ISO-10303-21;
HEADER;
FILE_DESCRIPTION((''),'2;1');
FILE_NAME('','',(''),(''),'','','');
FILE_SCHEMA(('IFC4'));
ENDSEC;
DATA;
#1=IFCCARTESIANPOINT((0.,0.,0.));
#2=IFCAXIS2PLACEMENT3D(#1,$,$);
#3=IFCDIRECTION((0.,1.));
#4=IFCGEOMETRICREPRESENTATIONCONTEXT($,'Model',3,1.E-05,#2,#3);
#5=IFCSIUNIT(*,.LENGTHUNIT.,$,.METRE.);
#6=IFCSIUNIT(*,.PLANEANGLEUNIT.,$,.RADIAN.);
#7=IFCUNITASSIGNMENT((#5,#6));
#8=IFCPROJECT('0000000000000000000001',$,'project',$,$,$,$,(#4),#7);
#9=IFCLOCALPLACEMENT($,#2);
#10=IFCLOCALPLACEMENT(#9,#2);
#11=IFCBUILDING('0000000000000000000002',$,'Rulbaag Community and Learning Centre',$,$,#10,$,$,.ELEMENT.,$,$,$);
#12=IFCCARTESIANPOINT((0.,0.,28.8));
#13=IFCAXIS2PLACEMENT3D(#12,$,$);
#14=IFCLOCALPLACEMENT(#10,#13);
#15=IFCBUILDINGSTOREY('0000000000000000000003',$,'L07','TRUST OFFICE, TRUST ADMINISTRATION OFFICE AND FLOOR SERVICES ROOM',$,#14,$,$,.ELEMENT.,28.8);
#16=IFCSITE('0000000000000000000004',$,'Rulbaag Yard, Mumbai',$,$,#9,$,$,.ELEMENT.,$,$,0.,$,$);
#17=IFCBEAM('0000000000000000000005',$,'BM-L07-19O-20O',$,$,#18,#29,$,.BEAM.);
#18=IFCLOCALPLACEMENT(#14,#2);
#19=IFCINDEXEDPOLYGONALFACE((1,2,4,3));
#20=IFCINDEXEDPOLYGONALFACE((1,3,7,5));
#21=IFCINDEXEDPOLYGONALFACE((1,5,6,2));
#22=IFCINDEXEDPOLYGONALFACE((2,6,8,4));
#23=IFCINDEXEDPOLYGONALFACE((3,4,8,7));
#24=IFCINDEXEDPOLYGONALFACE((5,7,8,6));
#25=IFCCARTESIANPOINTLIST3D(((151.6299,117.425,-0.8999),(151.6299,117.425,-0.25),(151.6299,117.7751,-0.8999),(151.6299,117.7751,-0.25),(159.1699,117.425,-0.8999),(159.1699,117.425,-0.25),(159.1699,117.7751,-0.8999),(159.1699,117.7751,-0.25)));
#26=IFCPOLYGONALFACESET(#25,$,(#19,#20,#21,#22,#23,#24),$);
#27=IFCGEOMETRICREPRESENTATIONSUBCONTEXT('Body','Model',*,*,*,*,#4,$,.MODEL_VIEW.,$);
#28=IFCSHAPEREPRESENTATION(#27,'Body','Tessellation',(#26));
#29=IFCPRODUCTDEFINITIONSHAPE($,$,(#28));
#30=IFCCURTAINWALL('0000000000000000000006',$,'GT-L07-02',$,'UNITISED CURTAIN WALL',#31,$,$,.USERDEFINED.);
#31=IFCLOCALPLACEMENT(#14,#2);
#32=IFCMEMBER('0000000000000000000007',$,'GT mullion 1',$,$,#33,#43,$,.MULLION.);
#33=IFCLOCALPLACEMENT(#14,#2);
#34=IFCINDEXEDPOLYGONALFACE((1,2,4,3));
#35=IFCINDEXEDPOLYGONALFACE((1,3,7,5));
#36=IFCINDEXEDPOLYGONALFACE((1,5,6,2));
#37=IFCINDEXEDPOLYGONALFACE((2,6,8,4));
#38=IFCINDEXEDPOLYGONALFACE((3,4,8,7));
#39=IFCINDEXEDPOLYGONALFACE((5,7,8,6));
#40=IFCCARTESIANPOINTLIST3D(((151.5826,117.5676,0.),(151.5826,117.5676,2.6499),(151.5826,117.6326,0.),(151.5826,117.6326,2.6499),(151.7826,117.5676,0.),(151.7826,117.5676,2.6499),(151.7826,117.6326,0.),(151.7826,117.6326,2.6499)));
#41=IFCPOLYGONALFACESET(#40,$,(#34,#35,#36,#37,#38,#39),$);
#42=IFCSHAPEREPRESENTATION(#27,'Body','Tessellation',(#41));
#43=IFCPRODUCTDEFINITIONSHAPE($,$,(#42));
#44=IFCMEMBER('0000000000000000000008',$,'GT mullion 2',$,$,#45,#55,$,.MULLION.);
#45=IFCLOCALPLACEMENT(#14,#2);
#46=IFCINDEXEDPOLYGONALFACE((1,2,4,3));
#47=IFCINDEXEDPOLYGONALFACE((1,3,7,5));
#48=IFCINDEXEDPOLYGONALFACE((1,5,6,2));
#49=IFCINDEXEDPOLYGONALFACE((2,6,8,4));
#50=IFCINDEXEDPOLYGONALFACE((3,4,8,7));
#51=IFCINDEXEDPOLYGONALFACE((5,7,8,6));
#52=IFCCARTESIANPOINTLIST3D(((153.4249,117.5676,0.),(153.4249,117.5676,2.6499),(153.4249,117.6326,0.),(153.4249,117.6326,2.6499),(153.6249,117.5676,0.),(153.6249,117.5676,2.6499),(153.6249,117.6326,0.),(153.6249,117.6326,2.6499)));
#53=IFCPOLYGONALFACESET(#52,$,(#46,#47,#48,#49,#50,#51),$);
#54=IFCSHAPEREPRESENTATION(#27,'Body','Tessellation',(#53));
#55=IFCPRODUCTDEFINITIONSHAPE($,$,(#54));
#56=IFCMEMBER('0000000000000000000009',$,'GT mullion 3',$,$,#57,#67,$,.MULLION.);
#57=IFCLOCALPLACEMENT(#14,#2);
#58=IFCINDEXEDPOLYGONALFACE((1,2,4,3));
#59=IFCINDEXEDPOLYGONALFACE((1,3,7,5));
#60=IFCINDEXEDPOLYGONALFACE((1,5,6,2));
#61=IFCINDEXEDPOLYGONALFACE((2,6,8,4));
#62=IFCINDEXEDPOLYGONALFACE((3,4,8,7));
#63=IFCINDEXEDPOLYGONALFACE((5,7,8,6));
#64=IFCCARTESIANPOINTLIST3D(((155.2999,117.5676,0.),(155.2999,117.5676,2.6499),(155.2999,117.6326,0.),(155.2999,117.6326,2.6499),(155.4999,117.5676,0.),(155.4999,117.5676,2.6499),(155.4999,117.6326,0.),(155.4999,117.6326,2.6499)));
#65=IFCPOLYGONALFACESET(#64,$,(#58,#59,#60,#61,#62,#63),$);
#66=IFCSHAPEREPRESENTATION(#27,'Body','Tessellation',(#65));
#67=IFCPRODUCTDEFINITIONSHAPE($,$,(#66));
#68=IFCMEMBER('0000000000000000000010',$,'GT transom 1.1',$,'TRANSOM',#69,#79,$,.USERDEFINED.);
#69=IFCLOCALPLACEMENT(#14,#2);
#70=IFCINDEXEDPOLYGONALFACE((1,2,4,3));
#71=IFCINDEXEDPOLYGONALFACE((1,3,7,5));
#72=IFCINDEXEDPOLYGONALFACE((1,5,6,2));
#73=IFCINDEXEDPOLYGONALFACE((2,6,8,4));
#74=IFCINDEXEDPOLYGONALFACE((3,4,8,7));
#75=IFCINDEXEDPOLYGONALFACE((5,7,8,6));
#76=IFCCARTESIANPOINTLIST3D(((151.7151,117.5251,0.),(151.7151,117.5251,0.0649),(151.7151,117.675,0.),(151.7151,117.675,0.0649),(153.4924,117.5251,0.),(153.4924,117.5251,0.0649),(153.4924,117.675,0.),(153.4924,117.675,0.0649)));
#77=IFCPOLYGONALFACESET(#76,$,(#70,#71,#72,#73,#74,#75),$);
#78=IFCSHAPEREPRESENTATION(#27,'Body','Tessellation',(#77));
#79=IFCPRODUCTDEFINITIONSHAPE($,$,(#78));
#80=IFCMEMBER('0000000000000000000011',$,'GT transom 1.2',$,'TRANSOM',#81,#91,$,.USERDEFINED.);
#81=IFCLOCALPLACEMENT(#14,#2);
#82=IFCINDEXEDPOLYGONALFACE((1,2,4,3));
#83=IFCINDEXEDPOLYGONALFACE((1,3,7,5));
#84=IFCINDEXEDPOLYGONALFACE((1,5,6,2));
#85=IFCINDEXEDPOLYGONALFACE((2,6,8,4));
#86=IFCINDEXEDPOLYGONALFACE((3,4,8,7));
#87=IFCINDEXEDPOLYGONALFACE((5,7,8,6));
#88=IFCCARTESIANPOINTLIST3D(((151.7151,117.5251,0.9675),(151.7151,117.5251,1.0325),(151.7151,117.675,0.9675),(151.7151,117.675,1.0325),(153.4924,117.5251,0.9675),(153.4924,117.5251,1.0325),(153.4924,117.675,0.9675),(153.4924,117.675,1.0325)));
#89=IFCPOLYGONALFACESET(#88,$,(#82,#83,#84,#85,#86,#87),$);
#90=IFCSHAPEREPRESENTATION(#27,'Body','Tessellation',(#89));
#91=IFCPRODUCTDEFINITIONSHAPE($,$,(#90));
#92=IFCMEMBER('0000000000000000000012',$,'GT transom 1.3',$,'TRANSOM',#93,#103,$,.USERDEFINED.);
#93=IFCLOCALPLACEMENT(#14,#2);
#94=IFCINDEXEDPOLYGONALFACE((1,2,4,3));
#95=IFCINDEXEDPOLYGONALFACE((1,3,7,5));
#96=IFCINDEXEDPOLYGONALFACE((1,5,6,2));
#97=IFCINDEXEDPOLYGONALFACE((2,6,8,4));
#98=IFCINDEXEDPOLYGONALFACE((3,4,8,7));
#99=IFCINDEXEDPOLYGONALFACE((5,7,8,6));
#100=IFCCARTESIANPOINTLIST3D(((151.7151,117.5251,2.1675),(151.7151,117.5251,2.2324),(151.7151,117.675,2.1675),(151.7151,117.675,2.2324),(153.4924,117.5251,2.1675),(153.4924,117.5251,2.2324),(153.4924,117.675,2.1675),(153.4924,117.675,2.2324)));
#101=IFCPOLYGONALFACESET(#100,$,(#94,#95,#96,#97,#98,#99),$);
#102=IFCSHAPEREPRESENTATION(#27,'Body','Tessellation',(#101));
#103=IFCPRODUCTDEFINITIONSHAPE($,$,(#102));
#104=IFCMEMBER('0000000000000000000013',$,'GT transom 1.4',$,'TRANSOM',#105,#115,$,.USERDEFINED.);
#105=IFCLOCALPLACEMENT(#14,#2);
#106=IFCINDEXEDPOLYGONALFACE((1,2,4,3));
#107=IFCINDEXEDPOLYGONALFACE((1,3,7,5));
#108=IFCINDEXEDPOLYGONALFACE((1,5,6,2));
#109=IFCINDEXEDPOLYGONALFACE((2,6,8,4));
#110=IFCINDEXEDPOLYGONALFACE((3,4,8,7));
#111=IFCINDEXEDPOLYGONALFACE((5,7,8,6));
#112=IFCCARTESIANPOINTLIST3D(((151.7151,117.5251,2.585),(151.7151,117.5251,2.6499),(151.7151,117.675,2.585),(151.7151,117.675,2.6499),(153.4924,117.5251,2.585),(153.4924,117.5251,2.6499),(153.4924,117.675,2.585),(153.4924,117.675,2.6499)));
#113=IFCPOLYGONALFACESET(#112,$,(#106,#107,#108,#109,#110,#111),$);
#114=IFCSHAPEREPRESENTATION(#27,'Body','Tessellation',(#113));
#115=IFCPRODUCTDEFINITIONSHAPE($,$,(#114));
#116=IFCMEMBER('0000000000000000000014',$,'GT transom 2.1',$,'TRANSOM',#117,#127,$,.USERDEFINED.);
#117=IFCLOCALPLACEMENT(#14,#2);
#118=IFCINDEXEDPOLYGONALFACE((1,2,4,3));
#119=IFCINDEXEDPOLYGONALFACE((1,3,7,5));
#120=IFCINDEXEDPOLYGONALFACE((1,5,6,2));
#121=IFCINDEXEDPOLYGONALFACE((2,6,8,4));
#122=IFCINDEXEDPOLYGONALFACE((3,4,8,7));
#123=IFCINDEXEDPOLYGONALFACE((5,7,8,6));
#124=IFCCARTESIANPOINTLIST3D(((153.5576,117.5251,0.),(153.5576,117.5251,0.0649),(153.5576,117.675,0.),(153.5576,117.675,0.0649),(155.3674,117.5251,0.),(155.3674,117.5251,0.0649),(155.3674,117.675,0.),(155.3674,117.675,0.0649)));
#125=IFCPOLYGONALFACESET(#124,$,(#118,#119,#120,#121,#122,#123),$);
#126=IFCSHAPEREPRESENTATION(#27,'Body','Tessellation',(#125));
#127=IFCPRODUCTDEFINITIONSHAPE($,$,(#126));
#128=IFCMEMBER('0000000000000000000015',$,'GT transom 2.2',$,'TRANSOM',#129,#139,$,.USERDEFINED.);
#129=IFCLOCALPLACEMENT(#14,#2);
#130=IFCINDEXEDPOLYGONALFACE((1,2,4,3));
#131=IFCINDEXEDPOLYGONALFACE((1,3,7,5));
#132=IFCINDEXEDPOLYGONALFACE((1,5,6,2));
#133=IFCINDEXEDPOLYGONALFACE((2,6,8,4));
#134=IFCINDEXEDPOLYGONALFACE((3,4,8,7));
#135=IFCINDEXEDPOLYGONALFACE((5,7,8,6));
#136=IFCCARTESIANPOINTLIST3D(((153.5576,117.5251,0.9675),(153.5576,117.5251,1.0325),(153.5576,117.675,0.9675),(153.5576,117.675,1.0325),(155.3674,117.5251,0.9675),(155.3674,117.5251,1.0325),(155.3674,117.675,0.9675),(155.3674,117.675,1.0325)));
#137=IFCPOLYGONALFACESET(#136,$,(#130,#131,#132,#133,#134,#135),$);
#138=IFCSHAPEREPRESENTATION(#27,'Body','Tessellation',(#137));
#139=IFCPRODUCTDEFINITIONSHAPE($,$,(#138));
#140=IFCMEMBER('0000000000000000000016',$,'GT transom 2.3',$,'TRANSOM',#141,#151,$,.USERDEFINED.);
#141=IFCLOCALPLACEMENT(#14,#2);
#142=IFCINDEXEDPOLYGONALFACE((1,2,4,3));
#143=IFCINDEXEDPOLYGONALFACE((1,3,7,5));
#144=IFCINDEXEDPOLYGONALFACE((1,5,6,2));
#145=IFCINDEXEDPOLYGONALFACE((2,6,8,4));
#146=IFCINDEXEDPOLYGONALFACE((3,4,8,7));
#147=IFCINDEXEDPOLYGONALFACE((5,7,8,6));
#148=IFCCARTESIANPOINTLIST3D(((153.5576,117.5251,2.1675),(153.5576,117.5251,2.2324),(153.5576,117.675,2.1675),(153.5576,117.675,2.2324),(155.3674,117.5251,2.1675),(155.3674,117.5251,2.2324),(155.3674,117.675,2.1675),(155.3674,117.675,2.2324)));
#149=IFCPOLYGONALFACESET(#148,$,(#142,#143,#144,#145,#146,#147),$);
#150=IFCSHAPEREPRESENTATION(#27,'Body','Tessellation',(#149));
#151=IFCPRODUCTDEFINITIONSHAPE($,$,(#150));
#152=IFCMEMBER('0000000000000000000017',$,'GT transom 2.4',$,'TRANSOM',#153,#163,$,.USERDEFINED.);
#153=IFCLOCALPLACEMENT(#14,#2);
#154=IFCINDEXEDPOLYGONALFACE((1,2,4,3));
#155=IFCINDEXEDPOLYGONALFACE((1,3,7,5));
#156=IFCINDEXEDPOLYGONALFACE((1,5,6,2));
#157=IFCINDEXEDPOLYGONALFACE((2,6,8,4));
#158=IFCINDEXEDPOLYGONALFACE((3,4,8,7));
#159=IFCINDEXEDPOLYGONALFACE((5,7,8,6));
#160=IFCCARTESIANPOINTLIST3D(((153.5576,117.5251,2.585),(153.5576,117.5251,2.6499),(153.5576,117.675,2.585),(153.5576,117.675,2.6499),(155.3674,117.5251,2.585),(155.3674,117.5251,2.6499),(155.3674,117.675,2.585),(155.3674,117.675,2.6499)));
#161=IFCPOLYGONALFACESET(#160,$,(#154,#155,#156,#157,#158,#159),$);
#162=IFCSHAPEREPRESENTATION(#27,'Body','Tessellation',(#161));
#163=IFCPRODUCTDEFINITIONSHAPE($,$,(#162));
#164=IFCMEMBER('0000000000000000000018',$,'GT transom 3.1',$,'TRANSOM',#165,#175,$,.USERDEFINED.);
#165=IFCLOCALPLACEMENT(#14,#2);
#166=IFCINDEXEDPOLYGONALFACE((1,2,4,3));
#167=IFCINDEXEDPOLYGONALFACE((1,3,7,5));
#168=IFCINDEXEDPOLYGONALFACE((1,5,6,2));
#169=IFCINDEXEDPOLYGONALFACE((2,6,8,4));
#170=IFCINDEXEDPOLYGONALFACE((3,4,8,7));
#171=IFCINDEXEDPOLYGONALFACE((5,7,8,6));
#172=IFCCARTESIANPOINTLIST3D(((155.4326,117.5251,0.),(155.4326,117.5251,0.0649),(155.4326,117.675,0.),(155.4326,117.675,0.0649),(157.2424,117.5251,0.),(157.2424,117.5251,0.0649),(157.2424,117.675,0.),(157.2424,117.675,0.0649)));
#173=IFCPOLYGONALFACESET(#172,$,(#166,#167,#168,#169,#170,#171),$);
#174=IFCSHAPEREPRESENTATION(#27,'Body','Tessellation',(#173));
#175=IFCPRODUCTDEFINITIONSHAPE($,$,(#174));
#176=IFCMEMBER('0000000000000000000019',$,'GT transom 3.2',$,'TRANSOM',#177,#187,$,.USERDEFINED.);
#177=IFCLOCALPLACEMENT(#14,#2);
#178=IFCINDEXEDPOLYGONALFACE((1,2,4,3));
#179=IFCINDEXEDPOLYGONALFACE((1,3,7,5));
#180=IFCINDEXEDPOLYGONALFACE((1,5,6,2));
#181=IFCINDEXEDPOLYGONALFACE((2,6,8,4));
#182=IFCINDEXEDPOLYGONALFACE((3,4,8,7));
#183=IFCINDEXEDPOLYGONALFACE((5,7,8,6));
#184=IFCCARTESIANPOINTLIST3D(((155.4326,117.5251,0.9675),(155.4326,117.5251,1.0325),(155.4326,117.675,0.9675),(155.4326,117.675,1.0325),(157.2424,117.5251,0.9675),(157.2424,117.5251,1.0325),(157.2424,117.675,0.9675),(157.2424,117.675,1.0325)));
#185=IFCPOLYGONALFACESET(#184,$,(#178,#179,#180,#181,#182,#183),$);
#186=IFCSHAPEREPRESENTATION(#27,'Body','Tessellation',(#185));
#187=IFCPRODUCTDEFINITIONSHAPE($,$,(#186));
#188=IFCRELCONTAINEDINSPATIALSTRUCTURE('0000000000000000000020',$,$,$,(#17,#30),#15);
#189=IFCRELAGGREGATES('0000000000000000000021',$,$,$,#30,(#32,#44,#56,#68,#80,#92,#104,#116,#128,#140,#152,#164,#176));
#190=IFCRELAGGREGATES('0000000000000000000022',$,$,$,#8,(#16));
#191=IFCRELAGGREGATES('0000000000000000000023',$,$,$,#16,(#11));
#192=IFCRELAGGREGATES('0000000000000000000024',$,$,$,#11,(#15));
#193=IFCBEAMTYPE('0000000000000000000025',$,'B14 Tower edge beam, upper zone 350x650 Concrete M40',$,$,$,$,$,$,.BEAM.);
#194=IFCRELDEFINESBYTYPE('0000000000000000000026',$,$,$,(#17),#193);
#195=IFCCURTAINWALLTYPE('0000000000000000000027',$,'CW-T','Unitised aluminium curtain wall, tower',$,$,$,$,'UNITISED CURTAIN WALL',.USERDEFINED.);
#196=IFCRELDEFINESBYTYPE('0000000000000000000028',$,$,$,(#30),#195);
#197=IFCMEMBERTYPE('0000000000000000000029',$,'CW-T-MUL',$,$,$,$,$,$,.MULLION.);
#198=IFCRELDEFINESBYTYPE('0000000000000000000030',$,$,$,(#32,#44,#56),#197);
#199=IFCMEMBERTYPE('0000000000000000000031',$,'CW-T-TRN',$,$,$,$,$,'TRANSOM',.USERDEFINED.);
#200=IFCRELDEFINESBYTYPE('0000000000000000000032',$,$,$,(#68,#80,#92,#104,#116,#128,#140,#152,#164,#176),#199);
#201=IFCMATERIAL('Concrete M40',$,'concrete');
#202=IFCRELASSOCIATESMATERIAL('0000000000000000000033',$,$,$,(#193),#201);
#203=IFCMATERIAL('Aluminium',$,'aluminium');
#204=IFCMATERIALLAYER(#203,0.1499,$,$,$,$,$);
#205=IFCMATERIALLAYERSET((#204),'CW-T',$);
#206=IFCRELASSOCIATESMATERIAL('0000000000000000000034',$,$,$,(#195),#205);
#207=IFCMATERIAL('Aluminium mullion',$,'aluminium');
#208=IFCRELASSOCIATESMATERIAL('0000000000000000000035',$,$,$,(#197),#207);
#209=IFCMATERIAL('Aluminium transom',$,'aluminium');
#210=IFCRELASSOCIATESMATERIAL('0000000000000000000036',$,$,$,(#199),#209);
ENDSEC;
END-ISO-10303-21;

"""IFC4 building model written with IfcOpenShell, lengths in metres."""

from ifc_helpers import new_model, si_unit, direction, frame, origin, origin_2d, place, context, subcontext, project, spatial, rectangle, extrude, material, layer, layer_set, material_profile, profile_set, type_object, element, aggregate, save


model = new_model("IFC4")

# Units and contexts
model_context = context("Model", 3, precision=1e-05, world=origin(), true_north=direction((0.0, 1.0)))
body_context = subcontext(model_context, "Body", "Model", "MODEL_VIEW")
ifc_project = project(units=[si_unit("LENGTHUNIT", "METRE"), si_unit("PLANEANGLEUNIT", "RADIAN")], contexts=[model_context])

# Site, building, storey
site_placement = place(None, origin())
site = spatial("IfcSite", under=ifc_project, at=site_placement, Name="Rulbaag Yard, Mumbai", CompositionType="ELEMENT", RefElevation=0.0)
building_placement = place(site_placement, origin())
building = spatial("IfcBuilding", under=site, at=building_placement, Name="Rulbaag Community and Learning Centre", CompositionType="ELEMENT")
storey_placement = place(building_placement, frame((0.0, 0.0, 28.8)))
storey = spatial("IfcBuildingStorey", under=building, at=storey_placement, Name="L07", Description="TRUST OFFICE, TRUST ADMINISTRATION OFFICE AND FLOOR SERVICES ROOM", CompositionType="ELEMENT", Elevation=28.8)

# Beam
ifc_material_1 = material(Name="Concrete M40", Category="concrete")
ifc_material_profile_1 = material_profile(ifc_material_1, rectangle(XDim=0.3501, YDim=0.6499, at=origin_2d()), Name="RB350x650")
ifc_profile_set_1 = profile_set([ifc_material_profile_1], Name="Concrete M40")
beam_type = type_object("IfcBeamType", Name="B14 Tower edge beam, upper zone 350x650 Concrete M40", PredefinedType="BEAM", material=ifc_profile_set_1)
beam_placement = place(storey_placement, frame((151.6299, 117.6001, -0.575), z_axis=(1.0, 0.0, 0.0), x_axis=(0.0, 1.0, 0.0)))
element("IfcBeam", 1, at=beam_placement, inside=storey, type_object=beam_type, Name="BM-L07-19O-20O", PredefinedType="BEAM", context=body_context, shape_type="SweptSolid", body=[
    extrude(rectangle(XDim=0.3501, YDim=0.6499, at=origin_2d()), origin(), (0.0, 0.0, 1.0), 7.54),
])

# Curtain wall, members
ifc_material_2 = material(Name="Aluminium", Category="aluminium")
ifc_layer_1 = layer(ifc_material_2, 0.1499)
ifc_layer_set_1 = layer_set([ifc_layer_1], Name="CW-T")
curtain_wall_type = type_object("IfcCurtainWallType", Name="CW-T", Description="Unitised aluminium curtain wall, tower", ElementType="UNITISED CURTAIN WALL", PredefinedType="USERDEFINED", material=ifc_layer_set_1)
curtain_wall_placement = place(storey_placement, origin())
curtain_wall = element("IfcCurtainWall", 2, at=curtain_wall_placement, inside=storey, type_object=curtain_wall_type, Name="GT-L07-02", ObjectType="UNITISED CURTAIN WALL", PredefinedType="USERDEFINED")
ifc_material_3 = material(Name="Aluminium mullion", Category="aluminium")
ifc_material_profile_2 = material_profile(ifc_material_3, rectangle(XDim=0.0649, YDim=0.2, at=origin_2d()), Name="AL 65x200")
ifc_profile_set_2 = profile_set([ifc_material_profile_2], Name="Aluminium mullion")
member_type_1 = type_object("IfcMemberType", Name="CW-T-MUL", PredefinedType="MULLION", material=ifc_profile_set_2)
member_1_placement = place(storey_placement, frame((151.6826, 117.6001, 0.0), z_axis=(0.0, 0.0, 1.0), x_axis=(0.0, 1.0, 0.0)))
member_1 = element("IfcMember", 3, at=member_1_placement, type_object=member_type_1, Name="GT mullion 1", PredefinedType="MULLION", context=body_context, shape_type="SweptSolid", body=[
    extrude(rectangle(XDim=0.0649, YDim=0.2, at=origin_2d()), origin(), (0.0, 0.0, 1.0), 2.6499),
])
member_2_placement = place(storey_placement, frame((153.5249, 117.6001, 0.0), z_axis=(0.0, 0.0, 1.0), x_axis=(0.0, 1.0, 0.0)))
member_2 = element("IfcMember", 4, at=member_2_placement, type_object=member_type_1, Name="GT mullion 2", PredefinedType="MULLION", context=body_context, shape_type="SweptSolid", body=[
    extrude(rectangle(XDim=0.0649, YDim=0.2, at=origin_2d()), origin(), (0.0, 0.0, 1.0), 2.6499),
])
member_3_placement = place(storey_placement, frame((155.3999, 117.6001, 0.0), z_axis=(0.0, 0.0, 1.0), x_axis=(0.0, 1.0, 0.0)))
member_3 = element("IfcMember", 5, at=member_3_placement, type_object=member_type_1, Name="GT mullion 3", PredefinedType="MULLION", context=body_context, shape_type="SweptSolid", body=[
    extrude(rectangle(XDim=0.0649, YDim=0.2, at=origin_2d()), origin(), (0.0, 0.0, 1.0), 2.6499),
])
ifc_material_4 = material(Name="Aluminium transom", Category="aluminium")
ifc_material_profile_3 = material_profile(ifc_material_4, rectangle(XDim=0.1499, YDim=0.0649, at=origin_2d()), Name="AL 65x150 T")
ifc_profile_set_3 = profile_set([ifc_material_profile_3], Name="Aluminium transom")
member_type_2 = type_object("IfcMemberType", Name="CW-T-TRN", ElementType="TRANSOM", PredefinedType="USERDEFINED", material=ifc_profile_set_3)
member_4_placement = place(storey_placement, frame((151.7151, 117.6001, 0.0325), z_axis=(1.0, 0.0, 0.0), x_axis=(0.0, 1.0, 0.0)))
member_4 = element("IfcMember", 6, at=member_4_placement, type_object=member_type_2, Name="GT transom 1.1", ObjectType="TRANSOM", PredefinedType="USERDEFINED", context=body_context, shape_type="SweptSolid", body=[
    extrude(rectangle(XDim=0.1499, YDim=0.0649, at=origin_2d()), origin(), (0.0, 0.0, 1.0), 1.7773),
])
member_5_placement = place(storey_placement, frame((151.7151, 117.6001, 1.0), z_axis=(1.0, 0.0, 0.0), x_axis=(0.0, 1.0, 0.0)))
member_5 = element("IfcMember", 7, at=member_5_placement, type_object=member_type_2, Name="GT transom 1.2", ObjectType="TRANSOM", PredefinedType="USERDEFINED", context=body_context, shape_type="SweptSolid", body=[
    extrude(rectangle(XDim=0.1499, YDim=0.0649, at=origin_2d()), origin(), (0.0, 0.0, 1.0), 1.7773),
])
member_6_placement = place(storey_placement, frame((151.7151, 117.6001, 2.2), z_axis=(1.0, 0.0, 0.0), x_axis=(0.0, 1.0, 0.0)))
member_6 = element("IfcMember", 8, at=member_6_placement, type_object=member_type_2, Name="GT transom 1.3", ObjectType="TRANSOM", PredefinedType="USERDEFINED", context=body_context, shape_type="SweptSolid", body=[
    extrude(rectangle(XDim=0.1499, YDim=0.0649, at=origin_2d()), origin(), (0.0, 0.0, 1.0), 1.7773),
])
member_7_placement = place(storey_placement, frame((151.7151, 117.6001, 2.6174), z_axis=(1.0, 0.0, 0.0), x_axis=(0.0, 1.0, 0.0)))
member_7 = element("IfcMember", 9, at=member_7_placement, type_object=member_type_2, Name="GT transom 1.4", ObjectType="TRANSOM", PredefinedType="USERDEFINED", context=body_context, shape_type="SweptSolid", body=[
    extrude(rectangle(XDim=0.1499, YDim=0.0649, at=origin_2d()), origin(), (0.0, 0.0, 1.0), 1.7773),
])
member_8_placement = place(storey_placement, frame((153.5576, 117.6001, 0.0325), z_axis=(1.0, 0.0, 0.0), x_axis=(0.0, 1.0, 0.0)))
member_8 = element("IfcMember", 10, at=member_8_placement, type_object=member_type_2, Name="GT transom 2.1", ObjectType="TRANSOM", PredefinedType="USERDEFINED", context=body_context, shape_type="SweptSolid", body=[
    extrude(rectangle(XDim=0.1499, YDim=0.0649, at=origin_2d()), origin(), (0.0, 0.0, 1.0), 1.8098),
])
member_9_placement = place(storey_placement, frame((153.5576, 117.6001, 1.0), z_axis=(1.0, 0.0, 0.0), x_axis=(0.0, 1.0, 0.0)))
member_9 = element("IfcMember", 11, at=member_9_placement, type_object=member_type_2, Name="GT transom 2.2", ObjectType="TRANSOM", PredefinedType="USERDEFINED", context=body_context, shape_type="SweptSolid", body=[
    extrude(rectangle(XDim=0.1499, YDim=0.0649, at=origin_2d()), origin(), (0.0, 0.0, 1.0), 1.8098),
])
member_10_placement = place(storey_placement, frame((153.5576, 117.6001, 2.2), z_axis=(1.0, 0.0, 0.0), x_axis=(0.0, 1.0, 0.0)))
member_10 = element("IfcMember", 12, at=member_10_placement, type_object=member_type_2, Name="GT transom 2.3", ObjectType="TRANSOM", PredefinedType="USERDEFINED", context=body_context, shape_type="SweptSolid", body=[
    extrude(rectangle(XDim=0.1499, YDim=0.0649, at=origin_2d()), origin(), (0.0, 0.0, 1.0), 1.8098),
])
member_11_placement = place(storey_placement, frame((153.5576, 117.6001, 2.6174), z_axis=(1.0, 0.0, 0.0), x_axis=(0.0, 1.0, 0.0)))
member_11 = element("IfcMember", 13, at=member_11_placement, type_object=member_type_2, Name="GT transom 2.4", ObjectType="TRANSOM", PredefinedType="USERDEFINED", context=body_context, shape_type="SweptSolid", body=[
    extrude(rectangle(XDim=0.1499, YDim=0.0649, at=origin_2d()), origin(), (0.0, 0.0, 1.0), 1.8098),
])
member_12_placement = place(storey_placement, frame((155.4326, 117.6001, 0.0325), z_axis=(1.0, 0.0, 0.0), x_axis=(0.0, 1.0, 0.0)))
member_12 = element("IfcMember", 14, at=member_12_placement, type_object=member_type_2, Name="GT transom 3.1", ObjectType="TRANSOM", PredefinedType="USERDEFINED", context=body_context, shape_type="SweptSolid", body=[
    extrude(rectangle(XDim=0.1499, YDim=0.0649, at=origin_2d()), origin(), (0.0, 0.0, 1.0), 1.8098),
])
member_13_placement = place(storey_placement, frame((155.4326, 117.6001, 1.0), z_axis=(1.0, 0.0, 0.0), x_axis=(0.0, 1.0, 0.0)))
member_13 = element("IfcMember", 15, at=member_13_placement, type_object=member_type_2, Name="GT transom 3.2", ObjectType="TRANSOM", PredefinedType="USERDEFINED", context=body_context, shape_type="SweptSolid", body=[
    extrude(rectangle(XDim=0.1499, YDim=0.0649, at=origin_2d()), origin(), (0.0, 0.0, 1.0), 1.8098),
])
aggregate(curtain_wall, [member_1, member_2, member_3, member_4, member_5, member_6, member_7, member_8, member_9, member_10, member_11, member_12, member_13])

save(model, "model.ifc")
